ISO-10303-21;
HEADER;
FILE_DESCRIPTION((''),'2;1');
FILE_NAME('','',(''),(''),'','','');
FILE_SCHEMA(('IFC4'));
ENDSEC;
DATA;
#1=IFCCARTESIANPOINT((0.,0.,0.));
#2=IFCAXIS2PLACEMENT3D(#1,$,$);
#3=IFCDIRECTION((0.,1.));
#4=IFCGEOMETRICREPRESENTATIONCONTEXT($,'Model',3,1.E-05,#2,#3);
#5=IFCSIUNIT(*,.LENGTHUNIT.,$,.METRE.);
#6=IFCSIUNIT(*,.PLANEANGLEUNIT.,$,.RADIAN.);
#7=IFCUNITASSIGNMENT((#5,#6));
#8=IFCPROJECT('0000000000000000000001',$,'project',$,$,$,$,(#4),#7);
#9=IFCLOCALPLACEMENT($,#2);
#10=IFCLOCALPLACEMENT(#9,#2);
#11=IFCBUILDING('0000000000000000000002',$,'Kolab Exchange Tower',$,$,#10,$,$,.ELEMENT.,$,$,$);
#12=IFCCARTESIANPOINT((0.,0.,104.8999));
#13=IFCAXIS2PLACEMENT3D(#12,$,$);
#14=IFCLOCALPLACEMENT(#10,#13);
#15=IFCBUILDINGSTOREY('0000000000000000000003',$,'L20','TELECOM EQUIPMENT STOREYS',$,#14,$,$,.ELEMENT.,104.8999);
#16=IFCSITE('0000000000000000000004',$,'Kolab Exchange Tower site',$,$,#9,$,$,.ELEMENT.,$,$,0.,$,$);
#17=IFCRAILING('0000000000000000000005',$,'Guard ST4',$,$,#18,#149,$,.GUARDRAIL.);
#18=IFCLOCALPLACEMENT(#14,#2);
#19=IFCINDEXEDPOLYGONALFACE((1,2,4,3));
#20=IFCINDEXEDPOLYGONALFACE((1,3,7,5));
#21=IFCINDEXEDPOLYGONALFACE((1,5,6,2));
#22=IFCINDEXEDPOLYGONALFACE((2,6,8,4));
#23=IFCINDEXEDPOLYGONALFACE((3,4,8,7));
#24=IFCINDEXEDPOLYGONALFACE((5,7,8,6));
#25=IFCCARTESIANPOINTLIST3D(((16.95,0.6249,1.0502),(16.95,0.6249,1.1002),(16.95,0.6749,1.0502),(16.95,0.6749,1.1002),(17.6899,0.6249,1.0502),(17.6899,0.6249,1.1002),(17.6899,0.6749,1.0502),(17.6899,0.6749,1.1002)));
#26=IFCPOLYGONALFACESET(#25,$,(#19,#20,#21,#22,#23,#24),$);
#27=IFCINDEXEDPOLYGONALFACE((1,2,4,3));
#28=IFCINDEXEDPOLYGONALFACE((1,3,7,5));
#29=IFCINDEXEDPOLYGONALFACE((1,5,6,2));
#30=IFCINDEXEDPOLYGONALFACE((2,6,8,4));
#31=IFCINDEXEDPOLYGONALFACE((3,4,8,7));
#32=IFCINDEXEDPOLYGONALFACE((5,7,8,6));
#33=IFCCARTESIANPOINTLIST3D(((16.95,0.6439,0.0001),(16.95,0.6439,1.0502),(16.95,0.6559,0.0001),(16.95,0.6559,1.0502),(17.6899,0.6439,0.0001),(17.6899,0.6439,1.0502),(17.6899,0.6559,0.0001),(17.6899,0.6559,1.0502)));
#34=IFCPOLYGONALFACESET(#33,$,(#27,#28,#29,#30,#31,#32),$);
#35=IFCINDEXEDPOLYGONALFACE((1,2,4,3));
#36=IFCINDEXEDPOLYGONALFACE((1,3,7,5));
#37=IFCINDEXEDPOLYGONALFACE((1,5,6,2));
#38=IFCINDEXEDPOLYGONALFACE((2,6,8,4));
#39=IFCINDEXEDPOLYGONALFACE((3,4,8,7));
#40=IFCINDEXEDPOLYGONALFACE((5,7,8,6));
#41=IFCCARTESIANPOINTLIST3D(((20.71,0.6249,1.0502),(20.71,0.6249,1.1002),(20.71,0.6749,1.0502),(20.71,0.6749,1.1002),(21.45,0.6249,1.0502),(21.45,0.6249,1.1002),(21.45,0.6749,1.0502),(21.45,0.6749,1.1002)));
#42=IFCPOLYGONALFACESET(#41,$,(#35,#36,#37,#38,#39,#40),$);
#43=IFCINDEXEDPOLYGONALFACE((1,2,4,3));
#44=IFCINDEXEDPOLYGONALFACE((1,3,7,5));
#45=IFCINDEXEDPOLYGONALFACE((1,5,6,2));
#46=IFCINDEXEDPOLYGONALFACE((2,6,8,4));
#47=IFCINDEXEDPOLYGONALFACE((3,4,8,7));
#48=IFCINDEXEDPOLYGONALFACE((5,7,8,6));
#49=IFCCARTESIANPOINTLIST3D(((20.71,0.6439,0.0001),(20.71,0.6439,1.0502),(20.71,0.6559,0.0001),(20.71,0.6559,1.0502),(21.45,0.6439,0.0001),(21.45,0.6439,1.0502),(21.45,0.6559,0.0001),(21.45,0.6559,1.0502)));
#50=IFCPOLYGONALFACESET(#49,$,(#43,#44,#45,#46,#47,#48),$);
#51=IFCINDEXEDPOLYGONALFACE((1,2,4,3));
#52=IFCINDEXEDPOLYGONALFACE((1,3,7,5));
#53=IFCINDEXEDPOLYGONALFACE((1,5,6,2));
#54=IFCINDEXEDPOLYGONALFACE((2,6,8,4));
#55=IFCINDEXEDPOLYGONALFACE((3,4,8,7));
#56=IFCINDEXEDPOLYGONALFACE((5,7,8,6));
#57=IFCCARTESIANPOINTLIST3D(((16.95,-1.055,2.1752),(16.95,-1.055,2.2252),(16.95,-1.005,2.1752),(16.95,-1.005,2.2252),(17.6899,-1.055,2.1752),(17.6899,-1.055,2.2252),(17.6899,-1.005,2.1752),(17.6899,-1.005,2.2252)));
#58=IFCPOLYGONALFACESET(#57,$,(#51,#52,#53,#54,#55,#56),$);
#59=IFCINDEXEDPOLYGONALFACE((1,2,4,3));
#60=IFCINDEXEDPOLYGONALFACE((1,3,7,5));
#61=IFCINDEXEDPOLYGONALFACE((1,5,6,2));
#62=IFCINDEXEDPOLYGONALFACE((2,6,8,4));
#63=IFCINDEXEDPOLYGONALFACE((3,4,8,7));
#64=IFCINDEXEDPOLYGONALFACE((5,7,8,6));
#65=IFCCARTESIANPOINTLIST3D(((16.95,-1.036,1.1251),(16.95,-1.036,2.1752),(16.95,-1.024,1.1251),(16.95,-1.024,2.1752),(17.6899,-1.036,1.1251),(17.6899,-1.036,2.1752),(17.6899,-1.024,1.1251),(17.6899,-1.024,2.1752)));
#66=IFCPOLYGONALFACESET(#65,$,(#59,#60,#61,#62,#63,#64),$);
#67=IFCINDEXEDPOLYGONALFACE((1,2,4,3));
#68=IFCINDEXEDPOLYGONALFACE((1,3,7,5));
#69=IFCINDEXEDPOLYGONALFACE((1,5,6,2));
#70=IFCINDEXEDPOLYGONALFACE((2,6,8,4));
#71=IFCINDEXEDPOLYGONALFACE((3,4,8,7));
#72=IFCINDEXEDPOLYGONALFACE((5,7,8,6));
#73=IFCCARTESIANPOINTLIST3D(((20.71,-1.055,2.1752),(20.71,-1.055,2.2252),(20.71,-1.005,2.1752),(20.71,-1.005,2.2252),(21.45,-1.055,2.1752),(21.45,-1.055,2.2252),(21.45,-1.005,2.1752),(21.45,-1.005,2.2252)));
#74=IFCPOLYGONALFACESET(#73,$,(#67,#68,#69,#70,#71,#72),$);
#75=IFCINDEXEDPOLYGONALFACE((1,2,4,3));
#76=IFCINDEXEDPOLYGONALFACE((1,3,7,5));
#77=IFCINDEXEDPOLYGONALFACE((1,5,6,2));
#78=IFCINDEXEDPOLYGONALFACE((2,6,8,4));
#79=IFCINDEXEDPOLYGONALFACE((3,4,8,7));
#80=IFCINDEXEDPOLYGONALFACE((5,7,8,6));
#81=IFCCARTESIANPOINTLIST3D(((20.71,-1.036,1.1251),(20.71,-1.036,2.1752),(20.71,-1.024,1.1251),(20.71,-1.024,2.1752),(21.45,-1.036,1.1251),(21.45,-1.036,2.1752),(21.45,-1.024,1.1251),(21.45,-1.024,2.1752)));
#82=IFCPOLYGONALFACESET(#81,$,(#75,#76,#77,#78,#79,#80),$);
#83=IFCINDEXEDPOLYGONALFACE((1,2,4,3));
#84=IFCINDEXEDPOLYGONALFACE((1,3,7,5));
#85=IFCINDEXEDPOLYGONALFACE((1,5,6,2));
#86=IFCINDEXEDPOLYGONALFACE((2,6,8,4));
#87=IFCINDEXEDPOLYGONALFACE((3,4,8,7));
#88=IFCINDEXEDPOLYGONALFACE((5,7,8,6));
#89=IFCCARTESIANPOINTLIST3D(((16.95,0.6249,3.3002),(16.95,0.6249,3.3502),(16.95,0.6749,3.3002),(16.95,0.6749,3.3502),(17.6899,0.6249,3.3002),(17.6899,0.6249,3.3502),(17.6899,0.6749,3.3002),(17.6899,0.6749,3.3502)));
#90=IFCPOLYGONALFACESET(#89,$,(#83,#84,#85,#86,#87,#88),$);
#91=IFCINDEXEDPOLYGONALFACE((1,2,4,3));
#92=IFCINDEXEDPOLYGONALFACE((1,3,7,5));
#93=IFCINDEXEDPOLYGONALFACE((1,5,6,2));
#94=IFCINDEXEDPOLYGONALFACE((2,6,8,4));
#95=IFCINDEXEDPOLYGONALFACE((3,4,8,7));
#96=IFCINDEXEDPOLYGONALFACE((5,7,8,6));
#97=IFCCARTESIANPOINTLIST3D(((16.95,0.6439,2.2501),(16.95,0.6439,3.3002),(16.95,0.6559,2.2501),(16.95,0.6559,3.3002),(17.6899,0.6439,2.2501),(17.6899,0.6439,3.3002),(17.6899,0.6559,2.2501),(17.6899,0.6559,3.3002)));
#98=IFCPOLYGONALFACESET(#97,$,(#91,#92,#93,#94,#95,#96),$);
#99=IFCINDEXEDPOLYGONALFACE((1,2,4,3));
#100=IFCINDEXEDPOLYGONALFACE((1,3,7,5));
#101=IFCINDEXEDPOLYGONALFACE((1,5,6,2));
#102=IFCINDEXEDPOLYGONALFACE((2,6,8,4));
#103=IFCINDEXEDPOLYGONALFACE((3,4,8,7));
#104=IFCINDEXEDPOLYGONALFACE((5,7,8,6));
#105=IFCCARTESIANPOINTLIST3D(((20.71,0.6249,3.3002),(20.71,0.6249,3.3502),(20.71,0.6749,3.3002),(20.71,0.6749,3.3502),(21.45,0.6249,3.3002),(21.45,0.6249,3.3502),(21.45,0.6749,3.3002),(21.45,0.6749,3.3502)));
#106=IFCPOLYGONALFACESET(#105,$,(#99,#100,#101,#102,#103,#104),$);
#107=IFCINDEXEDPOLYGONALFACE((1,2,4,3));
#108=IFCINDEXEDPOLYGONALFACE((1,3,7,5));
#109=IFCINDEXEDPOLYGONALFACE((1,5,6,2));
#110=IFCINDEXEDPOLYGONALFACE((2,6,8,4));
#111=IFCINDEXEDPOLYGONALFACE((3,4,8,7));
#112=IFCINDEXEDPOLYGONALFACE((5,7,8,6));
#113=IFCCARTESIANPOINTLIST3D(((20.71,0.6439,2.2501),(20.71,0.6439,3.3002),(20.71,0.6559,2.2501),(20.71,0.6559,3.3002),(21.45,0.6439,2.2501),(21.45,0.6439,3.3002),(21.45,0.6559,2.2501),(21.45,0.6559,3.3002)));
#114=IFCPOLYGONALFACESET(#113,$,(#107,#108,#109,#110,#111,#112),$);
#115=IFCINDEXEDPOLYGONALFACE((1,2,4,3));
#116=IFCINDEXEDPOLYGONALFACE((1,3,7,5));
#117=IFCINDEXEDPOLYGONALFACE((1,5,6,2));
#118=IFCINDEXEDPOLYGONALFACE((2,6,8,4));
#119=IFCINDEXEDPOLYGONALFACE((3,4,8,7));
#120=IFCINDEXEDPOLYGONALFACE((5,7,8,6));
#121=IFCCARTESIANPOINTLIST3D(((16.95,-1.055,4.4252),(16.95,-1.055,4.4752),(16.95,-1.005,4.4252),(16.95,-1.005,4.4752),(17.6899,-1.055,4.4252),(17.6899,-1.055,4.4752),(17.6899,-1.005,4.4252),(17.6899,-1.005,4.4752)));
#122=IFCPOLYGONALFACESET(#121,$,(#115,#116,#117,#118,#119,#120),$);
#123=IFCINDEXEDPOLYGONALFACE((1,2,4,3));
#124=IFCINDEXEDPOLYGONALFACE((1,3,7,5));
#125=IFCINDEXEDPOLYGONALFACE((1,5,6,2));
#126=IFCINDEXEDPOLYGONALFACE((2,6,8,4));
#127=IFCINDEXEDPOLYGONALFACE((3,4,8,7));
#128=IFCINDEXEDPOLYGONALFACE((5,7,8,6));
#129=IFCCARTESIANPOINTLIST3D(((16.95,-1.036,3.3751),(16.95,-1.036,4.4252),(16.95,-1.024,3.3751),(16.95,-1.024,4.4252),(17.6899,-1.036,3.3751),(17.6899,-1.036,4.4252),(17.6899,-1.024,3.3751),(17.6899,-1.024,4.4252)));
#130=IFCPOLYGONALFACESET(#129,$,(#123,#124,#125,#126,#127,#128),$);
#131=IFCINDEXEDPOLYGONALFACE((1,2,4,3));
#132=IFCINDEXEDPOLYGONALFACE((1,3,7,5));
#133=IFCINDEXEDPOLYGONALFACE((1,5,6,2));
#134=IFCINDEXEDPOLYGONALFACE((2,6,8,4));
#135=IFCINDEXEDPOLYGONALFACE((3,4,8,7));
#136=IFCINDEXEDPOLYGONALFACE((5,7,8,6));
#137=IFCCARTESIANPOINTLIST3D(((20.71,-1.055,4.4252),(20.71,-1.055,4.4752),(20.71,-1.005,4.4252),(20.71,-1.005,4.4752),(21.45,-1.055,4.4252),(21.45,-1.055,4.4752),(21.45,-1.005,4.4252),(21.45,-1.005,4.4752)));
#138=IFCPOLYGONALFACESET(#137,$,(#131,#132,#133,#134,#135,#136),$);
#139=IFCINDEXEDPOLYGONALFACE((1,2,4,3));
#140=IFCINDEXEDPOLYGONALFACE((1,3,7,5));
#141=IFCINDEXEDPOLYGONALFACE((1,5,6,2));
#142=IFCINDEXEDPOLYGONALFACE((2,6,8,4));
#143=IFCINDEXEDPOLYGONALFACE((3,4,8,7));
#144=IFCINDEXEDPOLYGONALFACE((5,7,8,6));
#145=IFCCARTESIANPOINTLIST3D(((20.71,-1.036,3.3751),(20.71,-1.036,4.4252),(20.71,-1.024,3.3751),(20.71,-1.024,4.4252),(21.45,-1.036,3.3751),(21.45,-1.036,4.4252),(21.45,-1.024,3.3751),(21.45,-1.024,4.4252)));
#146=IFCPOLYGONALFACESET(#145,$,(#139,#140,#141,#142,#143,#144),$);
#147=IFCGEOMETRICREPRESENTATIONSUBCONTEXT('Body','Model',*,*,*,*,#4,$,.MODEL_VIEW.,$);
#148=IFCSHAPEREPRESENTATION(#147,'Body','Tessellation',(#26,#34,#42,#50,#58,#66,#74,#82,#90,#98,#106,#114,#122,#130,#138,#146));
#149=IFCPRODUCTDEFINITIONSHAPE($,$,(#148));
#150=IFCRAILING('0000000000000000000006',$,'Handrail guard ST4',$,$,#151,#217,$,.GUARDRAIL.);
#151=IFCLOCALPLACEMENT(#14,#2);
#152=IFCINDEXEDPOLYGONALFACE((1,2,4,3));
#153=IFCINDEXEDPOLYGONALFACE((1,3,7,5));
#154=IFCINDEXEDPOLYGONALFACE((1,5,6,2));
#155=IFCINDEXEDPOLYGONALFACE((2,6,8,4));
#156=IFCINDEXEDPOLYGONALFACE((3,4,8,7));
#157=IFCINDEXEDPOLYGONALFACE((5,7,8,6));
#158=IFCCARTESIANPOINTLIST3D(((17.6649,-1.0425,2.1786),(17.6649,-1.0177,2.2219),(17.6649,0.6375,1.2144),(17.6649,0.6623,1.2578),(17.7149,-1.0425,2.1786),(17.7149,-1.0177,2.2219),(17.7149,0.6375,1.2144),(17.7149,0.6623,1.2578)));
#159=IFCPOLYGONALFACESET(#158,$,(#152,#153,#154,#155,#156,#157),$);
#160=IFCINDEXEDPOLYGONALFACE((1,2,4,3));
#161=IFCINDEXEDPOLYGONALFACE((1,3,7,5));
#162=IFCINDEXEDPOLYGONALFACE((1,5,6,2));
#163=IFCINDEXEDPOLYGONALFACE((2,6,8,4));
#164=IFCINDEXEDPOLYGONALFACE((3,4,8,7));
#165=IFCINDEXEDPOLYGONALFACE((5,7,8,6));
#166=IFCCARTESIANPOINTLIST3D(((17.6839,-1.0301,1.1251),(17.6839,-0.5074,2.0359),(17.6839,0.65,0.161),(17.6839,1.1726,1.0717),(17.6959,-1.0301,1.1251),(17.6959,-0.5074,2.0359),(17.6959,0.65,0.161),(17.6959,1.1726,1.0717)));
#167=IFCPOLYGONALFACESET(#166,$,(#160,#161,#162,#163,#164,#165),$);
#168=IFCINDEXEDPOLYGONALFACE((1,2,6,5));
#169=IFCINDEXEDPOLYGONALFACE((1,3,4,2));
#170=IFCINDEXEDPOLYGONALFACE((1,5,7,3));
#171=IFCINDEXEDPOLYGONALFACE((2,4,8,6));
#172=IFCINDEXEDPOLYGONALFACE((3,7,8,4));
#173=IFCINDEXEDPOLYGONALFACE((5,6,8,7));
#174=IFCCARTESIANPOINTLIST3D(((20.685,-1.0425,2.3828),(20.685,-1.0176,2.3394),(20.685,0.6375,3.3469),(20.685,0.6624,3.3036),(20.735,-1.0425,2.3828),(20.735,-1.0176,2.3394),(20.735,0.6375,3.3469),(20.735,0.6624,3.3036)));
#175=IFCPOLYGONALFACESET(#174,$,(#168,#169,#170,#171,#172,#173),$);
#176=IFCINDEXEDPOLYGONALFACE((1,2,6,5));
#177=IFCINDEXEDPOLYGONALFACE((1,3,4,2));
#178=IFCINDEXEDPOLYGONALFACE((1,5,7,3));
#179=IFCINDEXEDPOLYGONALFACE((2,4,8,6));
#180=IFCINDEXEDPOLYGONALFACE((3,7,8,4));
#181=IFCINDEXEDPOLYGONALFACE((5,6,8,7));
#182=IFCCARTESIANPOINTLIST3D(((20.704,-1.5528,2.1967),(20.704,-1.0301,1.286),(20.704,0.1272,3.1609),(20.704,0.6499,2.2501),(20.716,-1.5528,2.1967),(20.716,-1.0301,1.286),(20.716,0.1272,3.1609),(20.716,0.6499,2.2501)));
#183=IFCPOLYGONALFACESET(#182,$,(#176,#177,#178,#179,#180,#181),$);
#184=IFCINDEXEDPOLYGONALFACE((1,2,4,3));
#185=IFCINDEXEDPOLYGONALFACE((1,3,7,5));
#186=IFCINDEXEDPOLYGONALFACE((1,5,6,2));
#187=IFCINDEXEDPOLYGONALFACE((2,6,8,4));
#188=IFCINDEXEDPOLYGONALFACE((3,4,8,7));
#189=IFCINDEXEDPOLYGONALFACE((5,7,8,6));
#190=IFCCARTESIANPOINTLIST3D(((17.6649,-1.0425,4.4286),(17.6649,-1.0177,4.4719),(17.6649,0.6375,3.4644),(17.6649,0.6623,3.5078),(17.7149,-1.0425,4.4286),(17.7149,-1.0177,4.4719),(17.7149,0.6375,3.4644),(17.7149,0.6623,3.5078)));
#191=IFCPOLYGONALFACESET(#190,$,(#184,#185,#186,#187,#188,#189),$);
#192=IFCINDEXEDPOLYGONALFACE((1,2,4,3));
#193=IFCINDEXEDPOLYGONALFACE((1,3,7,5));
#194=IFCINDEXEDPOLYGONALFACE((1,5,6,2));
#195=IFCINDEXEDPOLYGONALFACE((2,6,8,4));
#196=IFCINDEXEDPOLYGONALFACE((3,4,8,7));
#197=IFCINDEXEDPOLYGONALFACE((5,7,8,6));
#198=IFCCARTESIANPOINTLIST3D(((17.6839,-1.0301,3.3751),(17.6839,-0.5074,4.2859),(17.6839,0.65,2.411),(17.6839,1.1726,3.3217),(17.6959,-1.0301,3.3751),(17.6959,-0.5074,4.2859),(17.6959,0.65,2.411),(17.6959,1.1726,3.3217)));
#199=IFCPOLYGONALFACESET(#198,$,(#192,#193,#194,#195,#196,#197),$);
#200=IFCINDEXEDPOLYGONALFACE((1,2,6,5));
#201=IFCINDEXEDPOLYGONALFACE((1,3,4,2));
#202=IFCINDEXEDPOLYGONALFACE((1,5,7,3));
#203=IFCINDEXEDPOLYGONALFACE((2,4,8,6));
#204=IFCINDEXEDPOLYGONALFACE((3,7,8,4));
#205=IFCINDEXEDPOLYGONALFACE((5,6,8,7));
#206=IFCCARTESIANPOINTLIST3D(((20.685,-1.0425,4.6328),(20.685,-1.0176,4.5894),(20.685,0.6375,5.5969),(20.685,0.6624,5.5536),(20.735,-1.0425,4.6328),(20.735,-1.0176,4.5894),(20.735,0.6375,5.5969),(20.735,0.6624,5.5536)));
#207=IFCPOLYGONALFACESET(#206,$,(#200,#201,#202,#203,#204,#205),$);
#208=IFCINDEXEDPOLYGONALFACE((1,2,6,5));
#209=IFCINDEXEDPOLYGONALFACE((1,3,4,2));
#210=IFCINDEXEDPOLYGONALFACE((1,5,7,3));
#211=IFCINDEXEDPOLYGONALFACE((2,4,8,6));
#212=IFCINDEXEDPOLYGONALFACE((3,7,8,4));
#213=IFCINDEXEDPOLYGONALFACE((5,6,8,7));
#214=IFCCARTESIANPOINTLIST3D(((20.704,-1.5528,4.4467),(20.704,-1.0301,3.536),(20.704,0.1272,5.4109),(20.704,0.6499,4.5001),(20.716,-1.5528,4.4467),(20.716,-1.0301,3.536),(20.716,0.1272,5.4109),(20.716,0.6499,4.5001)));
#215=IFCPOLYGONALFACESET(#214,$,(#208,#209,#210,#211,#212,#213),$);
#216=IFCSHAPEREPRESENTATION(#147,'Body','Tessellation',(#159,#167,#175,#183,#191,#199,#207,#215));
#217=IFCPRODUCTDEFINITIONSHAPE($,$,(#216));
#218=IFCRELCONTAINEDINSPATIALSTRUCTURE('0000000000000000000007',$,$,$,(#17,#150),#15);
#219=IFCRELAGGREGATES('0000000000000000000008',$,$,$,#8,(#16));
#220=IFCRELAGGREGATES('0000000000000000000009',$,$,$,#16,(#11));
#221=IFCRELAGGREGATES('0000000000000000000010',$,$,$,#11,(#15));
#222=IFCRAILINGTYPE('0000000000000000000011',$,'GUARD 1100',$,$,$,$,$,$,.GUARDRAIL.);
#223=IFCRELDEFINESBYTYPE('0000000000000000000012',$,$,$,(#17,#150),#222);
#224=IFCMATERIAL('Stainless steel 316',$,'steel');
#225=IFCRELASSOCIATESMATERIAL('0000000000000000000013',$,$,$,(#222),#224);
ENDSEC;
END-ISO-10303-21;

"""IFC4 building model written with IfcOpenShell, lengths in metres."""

from ifc_helpers import new_model, si_unit, direction, frame, frame_2d, origin, origin_2d, place, context, subcontext, project, spatial, rectangle, extrude, material, type_object, element, save


model = new_model("IFC4")

# Units and contexts
model_context = context("Model", 3, precision=1e-05, world=origin(), true_north=direction((0.0, 1.0)))
body_context = subcontext(model_context, "Body", "Model", "MODEL_VIEW")
ifc_project = project(units=[si_unit("LENGTHUNIT", "METRE"), si_unit("PLANEANGLEUNIT", "RADIAN")], contexts=[model_context])

# Site, building, storey
site_placement = place(None, origin())
site = spatial("IfcSite", under=ifc_project, at=site_placement, Name="Kolab Exchange Tower site", CompositionType="ELEMENT", RefElevation=0.0)
building_placement = place(site_placement, origin())
building = spatial("IfcBuilding", under=site, at=building_placement, Name="Kolab Exchange Tower", CompositionType="ELEMENT")
storey_placement = place(building_placement, frame((0.0, 0.0, 104.8999)))
storey = spatial("IfcBuildingStorey", under=building, at=storey_placement, Name="L20", Description="TELECOM EQUIPMENT STOREYS", CompositionType="ELEMENT", Elevation=104.8999)

# Railings
ifc_material_1 = material(Name="Stainless steel 316", Category="steel")
railing_type = type_object("IfcRailingType", Name="GUARD 1100", PredefinedType="GUARDRAIL", material=ifc_material_1)
railing_1_placement = place(storey_placement, frame((16.95, 0.6499, 0.0)))
element("IfcRailing", 1, at=railing_1_placement, inside=storey, type_object=railing_type, Name="Guard ST4", PredefinedType="GUARDRAIL", context=body_context, shape_type="SweptSolid", body=[
    extrude(rectangle(XDim=0.05, YDim=0.05, at=origin_2d()), frame((0.0, 0.0, 1.0752), z_axis=(1.0, 0.0, 0.0), x_axis=(0.0, 1.0, 0.0)), (0.0, 0.0, 1.0), 0.74),
    extrude(rectangle(XDim=0.012, YDim=1.0501, at=frame_2d((0.0, 0.5251))), frame((0.0, 0.0, 0.0), z_axis=(1.0, 0.0, 0.0), x_axis=(0.0, 1.0, 0.0)), (0.0, 0.0, 1.0), 0.74),
    extrude(rectangle(XDim=0.05, YDim=0.05, at=origin_2d()), frame((3.76, 0.0, 1.0752), z_axis=(1.0, 0.0, 0.0), x_axis=(0.0, 1.0, 0.0)), (0.0, 0.0, 1.0), 0.74),
    extrude(rectangle(XDim=0.012, YDim=1.0501, at=frame_2d((0.0, 0.5251))), frame((3.76, 0.0, 0.0), z_axis=(1.0, 0.0, 0.0), x_axis=(0.0, 1.0, 0.0)), (0.0, 0.0, 1.0), 0.74),
    extrude(rectangle(XDim=0.05, YDim=0.05, at=origin_2d()), frame((0.0, -1.6799, 2.2002), z_axis=(1.0, 0.0, 0.0), x_axis=(0.0, 1.0, 0.0)), (0.0, 0.0, 1.0), 0.74),
    extrude(rectangle(XDim=0.012, YDim=1.0501, at=frame_2d((0.0, 0.5251))), frame((0.0, -1.6799, 1.125), z_axis=(1.0, 0.0, 0.0), x_axis=(0.0, 1.0, 0.0)), (0.0, 0.0, 1.0), 0.74),
    extrude(rectangle(XDim=0.05, YDim=0.05, at=origin_2d()), frame((3.76, -1.6799, 2.2002), z_axis=(1.0, 0.0, 0.0), x_axis=(0.0, 1.0, 0.0)), (0.0, 0.0, 1.0), 0.74),
    extrude(rectangle(XDim=0.012, YDim=1.0501, at=frame_2d((0.0, 0.5251))), frame((3.76, -1.6799, 1.125), z_axis=(1.0, 0.0, 0.0), x_axis=(0.0, 1.0, 0.0)), (0.0, 0.0, 1.0), 0.74),
    extrude(rectangle(XDim=0.05, YDim=0.05, at=origin_2d()), frame((0.0, 0.0, 3.3252), z_axis=(1.0, 0.0, 0.0), x_axis=(0.0, 1.0, 0.0)), (0.0, 0.0, 1.0), 0.74),
    extrude(rectangle(XDim=0.012, YDim=1.0501, at=frame_2d((0.0, 0.5251))), frame((0.0, 0.0, 2.25), z_axis=(1.0, 0.0, 0.0), x_axis=(0.0, 1.0, 0.0)), (0.0, 0.0, 1.0), 0.74),
    extrude(rectangle(XDim=0.05, YDim=0.05, at=origin_2d()), frame((3.76, 0.0, 3.3252), z_axis=(1.0, 0.0, 0.0), x_axis=(0.0, 1.0, 0.0)), (0.0, 0.0, 1.0), 0.74),
    extrude(rectangle(XDim=0.012, YDim=1.0501, at=frame_2d((0.0, 0.5251))), frame((3.76, 0.0, 2.25), z_axis=(1.0, 0.0, 0.0), x_axis=(0.0, 1.0, 0.0)), (0.0, 0.0, 1.0), 0.74),
    extrude(rectangle(XDim=0.05, YDim=0.05, at=origin_2d()), frame((0.0, -1.6799, 4.4502), z_axis=(1.0, 0.0, 0.0), x_axis=(0.0, 1.0, 0.0)), (0.0, 0.0, 1.0), 0.74),
    extrude(rectangle(XDim=0.012, YDim=1.0501, at=frame_2d((0.0, 0.5251))), frame((0.0, -1.6799, 3.375), z_axis=(1.0, 0.0, 0.0), x_axis=(0.0, 1.0, 0.0)), (0.0, 0.0, 1.0), 0.74),
    extrude(rectangle(XDim=0.05, YDim=0.05, at=origin_2d()), frame((3.76, -1.6799, 4.4502), z_axis=(1.0, 0.0, 0.0), x_axis=(0.0, 1.0, 0.0)), (0.0, 0.0, 1.0), 0.74),
    extrude(rectangle(XDim=0.012, YDim=1.0501, at=frame_2d((0.0, 0.5251))), frame((3.76, -1.6799, 3.375), z_axis=(1.0, 0.0, 0.0), x_axis=(0.0, 1.0, 0.0)), (0.0, 0.0, 1.0), 0.74),
])
railing_2_placement = place(storey_placement, frame((17.6899, 0.6499, 0.1609)))
element("IfcRailing", 2, at=railing_2_placement, inside=storey, type_object=railing_type, Name="Handrail guard ST4", PredefinedType="GUARDRAIL", context=body_context, shape_type="SweptSolid", body=[
    extrude(rectangle(XDim=0.05, YDim=0.05, at=origin_2d()), frame((0.0, 0.0, 1.0752), z_axis=(0.0, -0.867319, 0.497753), x_axis=(1.0, 0.0, 0.0)), (0.0, 0.0, 1.0), 1.937),
    extrude(rectangle(XDim=0.012, YDim=1.0501, at=frame_2d((0.0, 0.5251))), frame((0.0, 0.0, 0.0), z_axis=(0.0, -0.867319, 0.497753), x_axis=(1.0, 0.0, 0.0)), (0.0, 0.0, 1.0), 1.937),
    extrude(rectangle(XDim=0.05, YDim=0.05, at=origin_2d()), frame((3.02, -1.6799, 2.2002), z_axis=(0.0, 0.867319, 0.497753), x_axis=(-1.0, 0.0, 0.0)), (0.0, 0.0, 1.0), 1.937),
    extrude(rectangle(XDim=0.012, YDim=1.0501, at=frame_2d((0.0, 0.5251))), frame((3.02, -1.6799, 1.125), z_axis=(0.0, 0.867319, 0.497753), x_axis=(-1.0, 0.0, 0.0)), (0.0, 0.0, 1.0), 1.937),
    extrude(rectangle(XDim=0.05, YDim=0.05, at=origin_2d()), frame((0.0, 0.0, 3.3252), z_axis=(0.0, -0.867319, 0.497753), x_axis=(1.0, 0.0, 0.0)), (0.0, 0.0, 1.0), 1.937),
    extrude(rectangle(XDim=0.012, YDim=1.0501, at=frame_2d((0.0, 0.5251))), frame((0.0, 0.0, 2.25), z_axis=(0.0, -0.867319, 0.497753), x_axis=(1.0, 0.0, 0.0)), (0.0, 0.0, 1.0), 1.937),
    extrude(rectangle(XDim=0.05, YDim=0.05, at=origin_2d()), frame((3.02, -1.6799, 4.4502), z_axis=(0.0, 0.867319, 0.497753), x_axis=(-1.0, 0.0, 0.0)), (0.0, 0.0, 1.0), 1.937),
    extrude(rectangle(XDim=0.012, YDim=1.0501, at=frame_2d((0.0, 0.5251))), frame((3.02, -1.6799, 3.375), z_axis=(0.0, 0.867319, 0.497753), x_axis=(-1.0, 0.0, 0.0)), (0.0, 0.0, 1.0), 1.937),
])

save(model, "model.ifc")
